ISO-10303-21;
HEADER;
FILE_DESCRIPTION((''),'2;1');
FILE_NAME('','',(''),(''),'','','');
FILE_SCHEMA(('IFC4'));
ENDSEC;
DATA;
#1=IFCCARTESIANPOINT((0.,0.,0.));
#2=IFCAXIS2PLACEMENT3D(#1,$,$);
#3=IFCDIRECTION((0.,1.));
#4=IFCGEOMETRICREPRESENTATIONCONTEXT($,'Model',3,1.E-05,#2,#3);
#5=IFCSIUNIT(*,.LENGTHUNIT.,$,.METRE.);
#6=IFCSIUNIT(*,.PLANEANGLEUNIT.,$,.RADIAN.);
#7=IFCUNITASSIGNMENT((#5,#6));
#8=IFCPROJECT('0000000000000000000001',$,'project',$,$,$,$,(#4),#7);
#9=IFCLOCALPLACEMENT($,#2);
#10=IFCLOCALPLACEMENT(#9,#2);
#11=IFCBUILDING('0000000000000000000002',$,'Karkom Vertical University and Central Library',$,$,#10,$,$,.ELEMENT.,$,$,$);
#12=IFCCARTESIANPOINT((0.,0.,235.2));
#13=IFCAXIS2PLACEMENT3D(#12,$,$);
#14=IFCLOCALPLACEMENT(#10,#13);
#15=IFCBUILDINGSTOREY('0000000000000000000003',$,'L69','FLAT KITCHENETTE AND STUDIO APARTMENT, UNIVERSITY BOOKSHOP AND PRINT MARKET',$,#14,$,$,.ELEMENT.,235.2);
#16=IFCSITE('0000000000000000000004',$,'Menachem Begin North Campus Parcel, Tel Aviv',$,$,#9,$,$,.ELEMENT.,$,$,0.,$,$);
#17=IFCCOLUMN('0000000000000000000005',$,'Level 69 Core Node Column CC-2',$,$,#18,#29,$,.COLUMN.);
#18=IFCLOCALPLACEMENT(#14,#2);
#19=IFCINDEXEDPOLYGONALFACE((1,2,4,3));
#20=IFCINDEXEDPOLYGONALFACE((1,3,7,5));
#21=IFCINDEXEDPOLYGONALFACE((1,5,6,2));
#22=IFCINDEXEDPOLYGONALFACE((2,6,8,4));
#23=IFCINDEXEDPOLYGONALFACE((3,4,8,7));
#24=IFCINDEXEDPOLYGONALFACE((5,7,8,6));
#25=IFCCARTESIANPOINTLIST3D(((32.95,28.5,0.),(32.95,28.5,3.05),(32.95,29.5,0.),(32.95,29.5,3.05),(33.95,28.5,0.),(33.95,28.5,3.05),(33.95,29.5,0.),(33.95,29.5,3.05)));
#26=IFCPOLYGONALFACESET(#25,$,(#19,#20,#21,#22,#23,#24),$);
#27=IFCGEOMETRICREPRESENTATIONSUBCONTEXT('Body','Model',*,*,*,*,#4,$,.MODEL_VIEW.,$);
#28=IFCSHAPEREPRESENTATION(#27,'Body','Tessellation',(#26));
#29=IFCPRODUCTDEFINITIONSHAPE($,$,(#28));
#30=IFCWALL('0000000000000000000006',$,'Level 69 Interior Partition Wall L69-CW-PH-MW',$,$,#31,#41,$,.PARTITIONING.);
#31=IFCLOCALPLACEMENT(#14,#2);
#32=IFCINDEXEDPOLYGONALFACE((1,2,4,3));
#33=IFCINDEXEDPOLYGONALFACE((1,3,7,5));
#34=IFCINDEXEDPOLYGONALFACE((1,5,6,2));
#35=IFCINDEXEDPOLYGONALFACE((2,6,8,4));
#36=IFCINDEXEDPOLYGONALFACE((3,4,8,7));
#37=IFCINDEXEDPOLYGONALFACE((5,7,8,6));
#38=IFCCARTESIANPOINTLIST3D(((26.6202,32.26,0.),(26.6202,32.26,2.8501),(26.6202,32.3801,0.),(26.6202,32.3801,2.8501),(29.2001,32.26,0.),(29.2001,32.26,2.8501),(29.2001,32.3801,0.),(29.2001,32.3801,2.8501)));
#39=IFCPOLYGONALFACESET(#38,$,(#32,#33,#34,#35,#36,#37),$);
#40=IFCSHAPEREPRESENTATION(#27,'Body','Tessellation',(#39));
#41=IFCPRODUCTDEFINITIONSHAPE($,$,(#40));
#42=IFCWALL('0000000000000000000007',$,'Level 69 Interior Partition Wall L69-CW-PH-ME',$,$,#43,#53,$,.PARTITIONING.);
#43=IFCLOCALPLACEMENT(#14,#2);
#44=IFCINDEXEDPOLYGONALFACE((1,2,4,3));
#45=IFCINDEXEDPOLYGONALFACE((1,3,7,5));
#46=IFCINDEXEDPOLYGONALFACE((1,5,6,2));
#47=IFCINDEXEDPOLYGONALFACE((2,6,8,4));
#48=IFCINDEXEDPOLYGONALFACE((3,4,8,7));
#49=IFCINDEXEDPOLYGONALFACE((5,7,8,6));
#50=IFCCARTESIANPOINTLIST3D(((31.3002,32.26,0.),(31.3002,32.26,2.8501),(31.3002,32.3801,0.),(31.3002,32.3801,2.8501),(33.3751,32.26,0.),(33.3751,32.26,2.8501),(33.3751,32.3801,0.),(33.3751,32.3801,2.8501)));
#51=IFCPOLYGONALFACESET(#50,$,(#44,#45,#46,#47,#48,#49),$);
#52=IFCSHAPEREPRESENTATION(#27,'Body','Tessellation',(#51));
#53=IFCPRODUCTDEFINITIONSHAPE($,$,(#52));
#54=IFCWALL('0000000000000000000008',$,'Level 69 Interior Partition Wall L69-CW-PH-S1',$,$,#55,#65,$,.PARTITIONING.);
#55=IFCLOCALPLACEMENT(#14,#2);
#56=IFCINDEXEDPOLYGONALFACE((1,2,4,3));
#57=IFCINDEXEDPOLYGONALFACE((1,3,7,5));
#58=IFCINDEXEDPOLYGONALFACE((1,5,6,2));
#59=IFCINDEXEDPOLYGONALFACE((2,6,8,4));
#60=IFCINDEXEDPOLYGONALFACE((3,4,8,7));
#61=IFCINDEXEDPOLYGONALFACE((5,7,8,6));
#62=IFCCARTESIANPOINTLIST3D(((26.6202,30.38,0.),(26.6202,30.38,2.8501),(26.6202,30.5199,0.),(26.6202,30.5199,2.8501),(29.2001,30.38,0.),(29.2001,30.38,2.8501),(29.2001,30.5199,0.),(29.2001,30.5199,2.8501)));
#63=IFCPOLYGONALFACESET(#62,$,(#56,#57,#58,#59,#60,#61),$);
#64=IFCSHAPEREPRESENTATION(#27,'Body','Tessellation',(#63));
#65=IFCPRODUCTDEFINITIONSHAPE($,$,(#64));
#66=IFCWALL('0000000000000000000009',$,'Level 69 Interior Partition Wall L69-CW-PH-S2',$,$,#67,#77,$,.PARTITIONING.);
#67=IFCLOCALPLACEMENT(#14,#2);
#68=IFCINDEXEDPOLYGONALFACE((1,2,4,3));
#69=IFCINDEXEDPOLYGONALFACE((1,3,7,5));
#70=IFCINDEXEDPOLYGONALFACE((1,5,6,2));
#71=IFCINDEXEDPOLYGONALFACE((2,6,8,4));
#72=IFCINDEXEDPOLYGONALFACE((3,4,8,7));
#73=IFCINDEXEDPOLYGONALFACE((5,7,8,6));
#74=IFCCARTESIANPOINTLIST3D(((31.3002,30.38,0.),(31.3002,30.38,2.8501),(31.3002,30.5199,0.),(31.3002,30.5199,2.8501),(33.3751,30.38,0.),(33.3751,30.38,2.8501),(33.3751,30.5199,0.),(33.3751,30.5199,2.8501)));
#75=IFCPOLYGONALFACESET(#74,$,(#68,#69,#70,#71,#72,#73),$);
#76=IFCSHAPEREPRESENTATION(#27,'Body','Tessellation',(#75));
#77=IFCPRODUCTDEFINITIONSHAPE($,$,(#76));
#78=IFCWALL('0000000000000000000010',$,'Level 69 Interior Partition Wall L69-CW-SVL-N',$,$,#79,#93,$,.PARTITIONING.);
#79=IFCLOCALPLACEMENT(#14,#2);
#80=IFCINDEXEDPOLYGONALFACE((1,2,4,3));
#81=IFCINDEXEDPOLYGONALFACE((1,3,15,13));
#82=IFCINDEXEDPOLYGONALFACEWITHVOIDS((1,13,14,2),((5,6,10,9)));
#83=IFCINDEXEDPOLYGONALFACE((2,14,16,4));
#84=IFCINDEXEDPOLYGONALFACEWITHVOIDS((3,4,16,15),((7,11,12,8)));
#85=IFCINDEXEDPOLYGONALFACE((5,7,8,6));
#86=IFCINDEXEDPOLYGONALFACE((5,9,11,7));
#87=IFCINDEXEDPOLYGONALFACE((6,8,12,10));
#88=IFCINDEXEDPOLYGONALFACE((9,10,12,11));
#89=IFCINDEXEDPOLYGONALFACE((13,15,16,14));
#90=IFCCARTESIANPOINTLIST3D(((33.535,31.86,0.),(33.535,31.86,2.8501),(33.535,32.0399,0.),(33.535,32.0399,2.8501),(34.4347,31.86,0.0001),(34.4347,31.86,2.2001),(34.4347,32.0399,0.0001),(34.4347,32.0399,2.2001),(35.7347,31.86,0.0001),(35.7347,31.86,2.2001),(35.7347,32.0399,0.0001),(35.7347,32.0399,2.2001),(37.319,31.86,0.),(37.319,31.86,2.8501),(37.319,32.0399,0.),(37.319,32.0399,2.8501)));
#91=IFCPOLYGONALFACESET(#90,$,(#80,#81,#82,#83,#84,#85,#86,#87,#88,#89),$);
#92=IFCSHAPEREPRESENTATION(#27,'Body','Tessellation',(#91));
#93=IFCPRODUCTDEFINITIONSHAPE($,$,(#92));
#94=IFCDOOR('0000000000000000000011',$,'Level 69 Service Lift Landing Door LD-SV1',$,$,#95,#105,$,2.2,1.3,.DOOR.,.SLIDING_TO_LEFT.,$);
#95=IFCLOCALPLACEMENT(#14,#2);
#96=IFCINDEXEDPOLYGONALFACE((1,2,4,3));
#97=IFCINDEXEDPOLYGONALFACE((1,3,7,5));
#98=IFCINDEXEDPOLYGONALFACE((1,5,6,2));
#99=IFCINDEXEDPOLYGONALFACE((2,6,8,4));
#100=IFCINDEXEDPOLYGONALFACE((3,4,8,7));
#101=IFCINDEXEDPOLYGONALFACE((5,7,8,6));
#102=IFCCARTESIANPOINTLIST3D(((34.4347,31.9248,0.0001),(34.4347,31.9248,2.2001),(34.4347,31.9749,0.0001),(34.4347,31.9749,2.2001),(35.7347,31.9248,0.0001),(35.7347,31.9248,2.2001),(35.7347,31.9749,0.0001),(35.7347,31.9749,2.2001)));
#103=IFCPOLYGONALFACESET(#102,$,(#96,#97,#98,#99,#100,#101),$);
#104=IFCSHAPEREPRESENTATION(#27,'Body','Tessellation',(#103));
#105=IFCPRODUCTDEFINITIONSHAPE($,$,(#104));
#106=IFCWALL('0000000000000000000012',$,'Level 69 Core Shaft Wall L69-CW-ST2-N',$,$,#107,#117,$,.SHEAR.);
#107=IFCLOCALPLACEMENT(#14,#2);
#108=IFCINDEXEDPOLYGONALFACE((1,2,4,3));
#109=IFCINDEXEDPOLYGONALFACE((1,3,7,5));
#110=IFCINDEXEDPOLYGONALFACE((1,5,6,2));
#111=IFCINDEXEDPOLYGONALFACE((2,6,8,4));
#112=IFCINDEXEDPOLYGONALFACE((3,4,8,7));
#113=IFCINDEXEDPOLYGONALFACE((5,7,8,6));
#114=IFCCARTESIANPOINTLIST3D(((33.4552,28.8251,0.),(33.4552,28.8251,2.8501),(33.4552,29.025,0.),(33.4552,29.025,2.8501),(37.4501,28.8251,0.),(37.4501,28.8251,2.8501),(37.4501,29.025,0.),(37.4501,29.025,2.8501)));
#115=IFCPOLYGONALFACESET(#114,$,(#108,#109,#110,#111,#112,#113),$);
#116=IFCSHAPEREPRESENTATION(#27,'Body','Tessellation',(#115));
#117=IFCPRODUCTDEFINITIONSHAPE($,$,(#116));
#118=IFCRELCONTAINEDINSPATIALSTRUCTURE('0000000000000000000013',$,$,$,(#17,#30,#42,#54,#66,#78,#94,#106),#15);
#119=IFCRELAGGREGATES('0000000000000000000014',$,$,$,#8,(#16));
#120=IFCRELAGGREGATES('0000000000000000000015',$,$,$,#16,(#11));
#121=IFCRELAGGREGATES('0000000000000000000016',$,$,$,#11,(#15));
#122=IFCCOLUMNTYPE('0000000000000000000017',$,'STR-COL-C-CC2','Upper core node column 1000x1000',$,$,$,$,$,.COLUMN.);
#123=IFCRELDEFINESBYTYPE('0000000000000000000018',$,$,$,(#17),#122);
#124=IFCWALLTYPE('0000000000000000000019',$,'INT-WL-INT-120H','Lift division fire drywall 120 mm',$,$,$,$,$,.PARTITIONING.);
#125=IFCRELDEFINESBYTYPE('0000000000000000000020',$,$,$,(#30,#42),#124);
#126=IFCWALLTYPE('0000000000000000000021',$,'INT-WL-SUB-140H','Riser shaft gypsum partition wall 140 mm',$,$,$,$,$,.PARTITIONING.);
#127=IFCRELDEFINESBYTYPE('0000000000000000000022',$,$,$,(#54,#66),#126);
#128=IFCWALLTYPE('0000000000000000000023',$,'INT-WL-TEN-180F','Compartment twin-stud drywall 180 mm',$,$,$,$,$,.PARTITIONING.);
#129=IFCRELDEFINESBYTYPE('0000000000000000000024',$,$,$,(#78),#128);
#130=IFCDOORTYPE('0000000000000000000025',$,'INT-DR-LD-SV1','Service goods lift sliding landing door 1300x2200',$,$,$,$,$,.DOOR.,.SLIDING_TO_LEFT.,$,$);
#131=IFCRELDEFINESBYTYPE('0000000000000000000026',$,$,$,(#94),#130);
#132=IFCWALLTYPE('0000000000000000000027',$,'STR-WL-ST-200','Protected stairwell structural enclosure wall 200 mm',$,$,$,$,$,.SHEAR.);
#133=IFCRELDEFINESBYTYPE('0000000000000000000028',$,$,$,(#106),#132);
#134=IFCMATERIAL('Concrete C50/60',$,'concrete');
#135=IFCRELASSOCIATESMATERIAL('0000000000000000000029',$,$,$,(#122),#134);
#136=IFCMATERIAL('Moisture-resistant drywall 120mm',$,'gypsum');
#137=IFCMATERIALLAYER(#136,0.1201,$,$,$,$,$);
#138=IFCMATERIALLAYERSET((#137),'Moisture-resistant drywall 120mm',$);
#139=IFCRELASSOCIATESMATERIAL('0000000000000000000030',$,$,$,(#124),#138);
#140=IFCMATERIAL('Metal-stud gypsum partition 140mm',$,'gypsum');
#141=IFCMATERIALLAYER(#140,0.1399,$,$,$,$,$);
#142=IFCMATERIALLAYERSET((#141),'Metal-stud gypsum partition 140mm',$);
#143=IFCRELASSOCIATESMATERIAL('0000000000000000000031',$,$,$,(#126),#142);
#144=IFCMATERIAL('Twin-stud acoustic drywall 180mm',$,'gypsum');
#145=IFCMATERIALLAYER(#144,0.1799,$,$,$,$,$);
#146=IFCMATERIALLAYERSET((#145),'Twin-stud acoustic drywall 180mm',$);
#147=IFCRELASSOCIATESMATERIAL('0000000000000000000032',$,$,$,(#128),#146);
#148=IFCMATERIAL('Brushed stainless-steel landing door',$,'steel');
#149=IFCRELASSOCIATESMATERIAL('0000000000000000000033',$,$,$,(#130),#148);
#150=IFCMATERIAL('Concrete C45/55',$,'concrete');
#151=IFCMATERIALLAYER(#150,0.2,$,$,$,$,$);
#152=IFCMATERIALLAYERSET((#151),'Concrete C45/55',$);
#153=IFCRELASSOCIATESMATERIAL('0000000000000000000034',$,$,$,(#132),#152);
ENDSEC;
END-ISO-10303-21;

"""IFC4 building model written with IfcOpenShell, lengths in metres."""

from ifc_helpers import new_model, si_unit, direction, frame, frame_2d, origin, origin_with_axes, origin_2d, place, context, subcontext, project, spatial, rectangle, extrude, source, transform, mapped, material, layer, layer_set, material_profile, profile_set, type_object, element, fill, save


model = new_model("IFC4")

# Units and contexts
model_context = context("Model", 3, precision=1e-05, world=origin(), true_north=direction((0.0, 1.0)))
body_context = subcontext(model_context, "Body", "Model", "MODEL_VIEW")
ifc_project = project(units=[si_unit("LENGTHUNIT", "METRE"), si_unit("PLANEANGLEUNIT", "RADIAN")], contexts=[model_context])

# Site, building, storey
site_placement = place(None, origin())
site = spatial("IfcSite", under=ifc_project, at=site_placement, Name="Menachem Begin North Campus Parcel, Tel Aviv", CompositionType="ELEMENT", RefElevation=0.0)
building_placement = place(site_placement, origin())
building = spatial("IfcBuilding", under=site, at=building_placement, Name="Karkom Vertical University and Central Library", CompositionType="ELEMENT")
storey_placement = place(building_placement, frame((0.0, 0.0, 235.2)))
storey = spatial("IfcBuildingStorey", under=building, at=storey_placement, Name="L69", Description="FLAT KITCHENETTE AND STUDIO APARTMENT, UNIVERSITY BOOKSHOP AND PRINT MARKET", CompositionType="ELEMENT", Elevation=235.2)

# Column
ifc_material_1 = material(Name="Concrete C50/60", Category="concrete")
ifc_material_profile = material_profile(ifc_material_1, rectangle(XDim=1.0, YDim=1.0, at=origin_2d()), Name="RC-1000x1000")
ifc_profile_set = profile_set([ifc_material_profile], Name="Concrete C50/60")
column_type = type_object("IfcColumnType", Name="STR-COL-C-CC2", Description="Upper core node column 1000x1000", PredefinedType="COLUMN", material=ifc_profile_set)
shared_shape_1 = source(origin_with_axes(), body_context, "Body", "SweptSolid", [
    extrude(rectangle(XDim=1.0, YDim=1.0, at=origin_2d()), origin(), (0.0, 0.0, 1.0), 3.05),
])
column_placement = place(storey_placement, frame((33.45, 29.0, 0.0), z_axis=(0.0, 0.0, 1.0), x_axis=(1.0, 0.0, 0.0)))
element("IfcColumn", 1, at=column_placement, inside=storey, type_object=column_type, Name="Level 69 Core Node Column CC-2", PredefinedType="COLUMN", context=body_context, shape_type="MappedRepresentation", body=[
    mapped(shared_shape_1, transform((0.0, 0.0, 0.0), scale=1.0)),
])

# Walls
ifc_material_2 = material(Name="Moisture-resistant drywall 120mm", Category="gypsum")
ifc_layer_1 = layer(ifc_material_2, 0.1201)
ifc_layer_set_1 = layer_set([ifc_layer_1], Name="Moisture-resistant drywall 120mm")
wall_type_1 = type_object("IfcWallType", Name="INT-WL-INT-120H", Description="Lift division fire drywall 120 mm", PredefinedType="PARTITIONING", material=ifc_layer_set_1)
wall_1_placement = place(storey_placement, frame((26.6201, 32.3201, 0.0), z_axis=(0.0, 0.0, 1.0), x_axis=(1.0, 0.0, 0.0)))
element("IfcWall", 2, at=wall_1_placement, inside=storey, type_object=wall_type_1, Name="Level 69 Interior Partition Wall L69-CW-PH-MW", PredefinedType="PARTITIONING", context=body_context, shape_type="SweptSolid", body=[
    extrude(rectangle(XDim=2.5798, YDim=0.1201, at=frame_2d((1.29, 0.0))), origin(), (0.0, 0.0, 1.0), 2.8501),
])
wall_2_placement = place(storey_placement, frame((31.3, 32.3201, 0.0), z_axis=(0.0, 0.0, 1.0), x_axis=(1.0, 0.0, 0.0)))
element("IfcWall", 3, at=wall_2_placement, inside=storey, type_object=wall_type_1, Name="Level 69 Interior Partition Wall L69-CW-PH-ME", PredefinedType="PARTITIONING", context=body_context, shape_type="SweptSolid", body=[
    extrude(rectangle(XDim=2.075, YDim=0.1201, at=frame_2d((1.0376, 0.0))), origin(), (0.0, 0.0, 1.0), 2.8501),
])

# Shared definitions
ifc_material_3 = material(Name="Metal-stud gypsum partition 140mm", Category="gypsum")
ifc_layer_2 = layer(ifc_material_3, 0.1399)
ifc_layer_set_2 = layer_set([ifc_layer_2], Name="Metal-stud gypsum partition 140mm")
wall_type_2 = type_object("IfcWallType", Name="INT-WL-SUB-140H", Description="Riser shaft gypsum partition wall 140 mm", PredefinedType="PARTITIONING", material=ifc_layer_set_2)
ifc_material_4 = material(Name="Brushed stainless-steel landing door", Category="steel")

# Walls
wall_3_placement = place(storey_placement, frame((26.6201, 30.45, 0.0), z_axis=(0.0, 0.0, 1.0), x_axis=(1.0, 0.0, 0.0)))
element("IfcWall", 4, at=wall_3_placement, inside=storey, type_object=wall_type_2, Name="Level 69 Interior Partition Wall L69-CW-PH-S1", PredefinedType="PARTITIONING", context=body_context, shape_type="SweptSolid", body=[
    extrude(rectangle(XDim=2.5798, YDim=0.1399, at=frame_2d((1.29, 0.0))), origin(), (0.0, 0.0, 1.0), 2.8501),
])
wall_4_placement = place(storey_placement, frame((31.3, 30.45, 0.0), z_axis=(0.0, 0.0, 1.0), x_axis=(1.0, 0.0, 0.0)))
element("IfcWall", 5, at=wall_4_placement, inside=storey, type_object=wall_type_2, Name="Level 69 Interior Partition Wall L69-CW-PH-S2", PredefinedType="PARTITIONING", context=body_context, shape_type="SweptSolid", body=[
    extrude(rectangle(XDim=2.075, YDim=0.1399, at=frame_2d((1.0376, 0.0))), origin(), (0.0, 0.0, 1.0), 2.8501),
])

# Wall, opening, door
ifc_material_5 = material(Name="Twin-stud acoustic drywall 180mm", Category="gypsum")
ifc_layer_3 = layer(ifc_material_5, 0.1799)
ifc_layer_set_3 = layer_set([ifc_layer_3], Name="Twin-stud acoustic drywall 180mm")
wall_type_3 = type_object("IfcWallType", Name="INT-WL-TEN-180F", Description="Compartment twin-stud drywall 180 mm", PredefinedType="PARTITIONING", material=ifc_layer_set_3)
wall_5_placement = place(storey_placement, frame((33.5349, 31.95, 0.0), z_axis=(0.0, 0.0, 1.0), x_axis=(1.0, 0.0, 0.0)))
wall_5 = element("IfcWall", 6, at=wall_5_placement, inside=storey, type_object=wall_type_3, Name="Level 69 Interior Partition Wall L69-CW-SVL-N", PredefinedType="PARTITIONING", context=body_context, shape_type="SweptSolid", body=[
    extrude(rectangle(XDim=3.7839, YDim=0.1799, at=frame_2d((1.8921, 0.0))), origin(), (0.0, 0.0, 1.0), 2.8501),
])
opening_1_placement = place(wall_5_placement, frame((0.8999, 0.0, 0.0)))
opening_1 = element("IfcOpeningElement", 7, at=opening_1_placement, cuts=wall_5, PredefinedType="OPENING", context=body_context, shape_type="SweptSolid", body=[
    extrude(rectangle(XDim=1.3, YDim=2.2, at=frame_2d((0.6499, 1.1001))), frame((0.0, 0.1001, 0.0), z_axis=(0.0, -1.0, 0.0), x_axis=(1.0, 0.0, 0.0)), (0.0, 0.0, 1.0), 0.2),
])
door_type_1 = type_object("IfcDoorType", Name="INT-DR-LD-SV1", Description="Service goods lift sliding landing door 1300x2200", OperationType="SLIDING_TO_LEFT", PredefinedType="DOOR", material=ifc_material_4)
shared_shape_2 = source(origin_with_axes(), body_context, "Body", "SweptSolid", [
    extrude(rectangle(XDim=1.3, YDim=2.2, at=frame_2d((0.6499, 1.1001))), frame((0.0, 0.0249, 0.0), z_axis=(0.0, -1.0, 0.0), x_axis=(1.0, 0.0, 0.0)), (0.0, 0.0, 1.0), 0.05),
])
door_1_placement = place(opening_1_placement, origin())
door_1 = element("IfcDoor", 8, at=door_1_placement, inside=storey, type_object=door_type_1, Name="Level 69 Service Lift Landing Door LD-SV1", OperationType="SLIDING_TO_LEFT", OverallHeight=2.2, OverallWidth=1.3, PredefinedType="DOOR", context=body_context, shape_type="MappedRepresentation", body=[
    mapped(shared_shape_2, transform((0.0, 0.0, 0.0), scale=1.0)),
])
fill(opening_1, door_1)

# Wall
ifc_material_6 = material(Name="Concrete C45/55", Category="concrete")
ifc_layer_4 = layer(ifc_material_6, 0.2)
ifc_layer_set_4 = layer_set([ifc_layer_4], Name="Concrete C45/55")
wall_type_4 = type_object("IfcWallType", Name="STR-WL-ST-200", Description="Protected stairwell structural enclosure wall 200 mm", PredefinedType="SHEAR", material=ifc_layer_set_4)
wall_6_placement = place(storey_placement, frame((33.4551, 28.925, 0.0), z_axis=(0.0, 0.0, 1.0), x_axis=(1.0, 0.0, 0.0)))
element("IfcWall", 9, at=wall_6_placement, inside=storey, type_object=wall_type_4, Name="Level 69 Core Shaft Wall L69-CW-ST2-N", PredefinedType="SHEAR", context=body_context, shape_type="SweptSolid", body=[
    extrude(rectangle(XDim=3.9949, YDim=0.2, at=frame_2d((1.9976, 0.0))), origin(), (0.0, 0.0, 1.0), 2.8501),
])

save(model, "model.ifc")
